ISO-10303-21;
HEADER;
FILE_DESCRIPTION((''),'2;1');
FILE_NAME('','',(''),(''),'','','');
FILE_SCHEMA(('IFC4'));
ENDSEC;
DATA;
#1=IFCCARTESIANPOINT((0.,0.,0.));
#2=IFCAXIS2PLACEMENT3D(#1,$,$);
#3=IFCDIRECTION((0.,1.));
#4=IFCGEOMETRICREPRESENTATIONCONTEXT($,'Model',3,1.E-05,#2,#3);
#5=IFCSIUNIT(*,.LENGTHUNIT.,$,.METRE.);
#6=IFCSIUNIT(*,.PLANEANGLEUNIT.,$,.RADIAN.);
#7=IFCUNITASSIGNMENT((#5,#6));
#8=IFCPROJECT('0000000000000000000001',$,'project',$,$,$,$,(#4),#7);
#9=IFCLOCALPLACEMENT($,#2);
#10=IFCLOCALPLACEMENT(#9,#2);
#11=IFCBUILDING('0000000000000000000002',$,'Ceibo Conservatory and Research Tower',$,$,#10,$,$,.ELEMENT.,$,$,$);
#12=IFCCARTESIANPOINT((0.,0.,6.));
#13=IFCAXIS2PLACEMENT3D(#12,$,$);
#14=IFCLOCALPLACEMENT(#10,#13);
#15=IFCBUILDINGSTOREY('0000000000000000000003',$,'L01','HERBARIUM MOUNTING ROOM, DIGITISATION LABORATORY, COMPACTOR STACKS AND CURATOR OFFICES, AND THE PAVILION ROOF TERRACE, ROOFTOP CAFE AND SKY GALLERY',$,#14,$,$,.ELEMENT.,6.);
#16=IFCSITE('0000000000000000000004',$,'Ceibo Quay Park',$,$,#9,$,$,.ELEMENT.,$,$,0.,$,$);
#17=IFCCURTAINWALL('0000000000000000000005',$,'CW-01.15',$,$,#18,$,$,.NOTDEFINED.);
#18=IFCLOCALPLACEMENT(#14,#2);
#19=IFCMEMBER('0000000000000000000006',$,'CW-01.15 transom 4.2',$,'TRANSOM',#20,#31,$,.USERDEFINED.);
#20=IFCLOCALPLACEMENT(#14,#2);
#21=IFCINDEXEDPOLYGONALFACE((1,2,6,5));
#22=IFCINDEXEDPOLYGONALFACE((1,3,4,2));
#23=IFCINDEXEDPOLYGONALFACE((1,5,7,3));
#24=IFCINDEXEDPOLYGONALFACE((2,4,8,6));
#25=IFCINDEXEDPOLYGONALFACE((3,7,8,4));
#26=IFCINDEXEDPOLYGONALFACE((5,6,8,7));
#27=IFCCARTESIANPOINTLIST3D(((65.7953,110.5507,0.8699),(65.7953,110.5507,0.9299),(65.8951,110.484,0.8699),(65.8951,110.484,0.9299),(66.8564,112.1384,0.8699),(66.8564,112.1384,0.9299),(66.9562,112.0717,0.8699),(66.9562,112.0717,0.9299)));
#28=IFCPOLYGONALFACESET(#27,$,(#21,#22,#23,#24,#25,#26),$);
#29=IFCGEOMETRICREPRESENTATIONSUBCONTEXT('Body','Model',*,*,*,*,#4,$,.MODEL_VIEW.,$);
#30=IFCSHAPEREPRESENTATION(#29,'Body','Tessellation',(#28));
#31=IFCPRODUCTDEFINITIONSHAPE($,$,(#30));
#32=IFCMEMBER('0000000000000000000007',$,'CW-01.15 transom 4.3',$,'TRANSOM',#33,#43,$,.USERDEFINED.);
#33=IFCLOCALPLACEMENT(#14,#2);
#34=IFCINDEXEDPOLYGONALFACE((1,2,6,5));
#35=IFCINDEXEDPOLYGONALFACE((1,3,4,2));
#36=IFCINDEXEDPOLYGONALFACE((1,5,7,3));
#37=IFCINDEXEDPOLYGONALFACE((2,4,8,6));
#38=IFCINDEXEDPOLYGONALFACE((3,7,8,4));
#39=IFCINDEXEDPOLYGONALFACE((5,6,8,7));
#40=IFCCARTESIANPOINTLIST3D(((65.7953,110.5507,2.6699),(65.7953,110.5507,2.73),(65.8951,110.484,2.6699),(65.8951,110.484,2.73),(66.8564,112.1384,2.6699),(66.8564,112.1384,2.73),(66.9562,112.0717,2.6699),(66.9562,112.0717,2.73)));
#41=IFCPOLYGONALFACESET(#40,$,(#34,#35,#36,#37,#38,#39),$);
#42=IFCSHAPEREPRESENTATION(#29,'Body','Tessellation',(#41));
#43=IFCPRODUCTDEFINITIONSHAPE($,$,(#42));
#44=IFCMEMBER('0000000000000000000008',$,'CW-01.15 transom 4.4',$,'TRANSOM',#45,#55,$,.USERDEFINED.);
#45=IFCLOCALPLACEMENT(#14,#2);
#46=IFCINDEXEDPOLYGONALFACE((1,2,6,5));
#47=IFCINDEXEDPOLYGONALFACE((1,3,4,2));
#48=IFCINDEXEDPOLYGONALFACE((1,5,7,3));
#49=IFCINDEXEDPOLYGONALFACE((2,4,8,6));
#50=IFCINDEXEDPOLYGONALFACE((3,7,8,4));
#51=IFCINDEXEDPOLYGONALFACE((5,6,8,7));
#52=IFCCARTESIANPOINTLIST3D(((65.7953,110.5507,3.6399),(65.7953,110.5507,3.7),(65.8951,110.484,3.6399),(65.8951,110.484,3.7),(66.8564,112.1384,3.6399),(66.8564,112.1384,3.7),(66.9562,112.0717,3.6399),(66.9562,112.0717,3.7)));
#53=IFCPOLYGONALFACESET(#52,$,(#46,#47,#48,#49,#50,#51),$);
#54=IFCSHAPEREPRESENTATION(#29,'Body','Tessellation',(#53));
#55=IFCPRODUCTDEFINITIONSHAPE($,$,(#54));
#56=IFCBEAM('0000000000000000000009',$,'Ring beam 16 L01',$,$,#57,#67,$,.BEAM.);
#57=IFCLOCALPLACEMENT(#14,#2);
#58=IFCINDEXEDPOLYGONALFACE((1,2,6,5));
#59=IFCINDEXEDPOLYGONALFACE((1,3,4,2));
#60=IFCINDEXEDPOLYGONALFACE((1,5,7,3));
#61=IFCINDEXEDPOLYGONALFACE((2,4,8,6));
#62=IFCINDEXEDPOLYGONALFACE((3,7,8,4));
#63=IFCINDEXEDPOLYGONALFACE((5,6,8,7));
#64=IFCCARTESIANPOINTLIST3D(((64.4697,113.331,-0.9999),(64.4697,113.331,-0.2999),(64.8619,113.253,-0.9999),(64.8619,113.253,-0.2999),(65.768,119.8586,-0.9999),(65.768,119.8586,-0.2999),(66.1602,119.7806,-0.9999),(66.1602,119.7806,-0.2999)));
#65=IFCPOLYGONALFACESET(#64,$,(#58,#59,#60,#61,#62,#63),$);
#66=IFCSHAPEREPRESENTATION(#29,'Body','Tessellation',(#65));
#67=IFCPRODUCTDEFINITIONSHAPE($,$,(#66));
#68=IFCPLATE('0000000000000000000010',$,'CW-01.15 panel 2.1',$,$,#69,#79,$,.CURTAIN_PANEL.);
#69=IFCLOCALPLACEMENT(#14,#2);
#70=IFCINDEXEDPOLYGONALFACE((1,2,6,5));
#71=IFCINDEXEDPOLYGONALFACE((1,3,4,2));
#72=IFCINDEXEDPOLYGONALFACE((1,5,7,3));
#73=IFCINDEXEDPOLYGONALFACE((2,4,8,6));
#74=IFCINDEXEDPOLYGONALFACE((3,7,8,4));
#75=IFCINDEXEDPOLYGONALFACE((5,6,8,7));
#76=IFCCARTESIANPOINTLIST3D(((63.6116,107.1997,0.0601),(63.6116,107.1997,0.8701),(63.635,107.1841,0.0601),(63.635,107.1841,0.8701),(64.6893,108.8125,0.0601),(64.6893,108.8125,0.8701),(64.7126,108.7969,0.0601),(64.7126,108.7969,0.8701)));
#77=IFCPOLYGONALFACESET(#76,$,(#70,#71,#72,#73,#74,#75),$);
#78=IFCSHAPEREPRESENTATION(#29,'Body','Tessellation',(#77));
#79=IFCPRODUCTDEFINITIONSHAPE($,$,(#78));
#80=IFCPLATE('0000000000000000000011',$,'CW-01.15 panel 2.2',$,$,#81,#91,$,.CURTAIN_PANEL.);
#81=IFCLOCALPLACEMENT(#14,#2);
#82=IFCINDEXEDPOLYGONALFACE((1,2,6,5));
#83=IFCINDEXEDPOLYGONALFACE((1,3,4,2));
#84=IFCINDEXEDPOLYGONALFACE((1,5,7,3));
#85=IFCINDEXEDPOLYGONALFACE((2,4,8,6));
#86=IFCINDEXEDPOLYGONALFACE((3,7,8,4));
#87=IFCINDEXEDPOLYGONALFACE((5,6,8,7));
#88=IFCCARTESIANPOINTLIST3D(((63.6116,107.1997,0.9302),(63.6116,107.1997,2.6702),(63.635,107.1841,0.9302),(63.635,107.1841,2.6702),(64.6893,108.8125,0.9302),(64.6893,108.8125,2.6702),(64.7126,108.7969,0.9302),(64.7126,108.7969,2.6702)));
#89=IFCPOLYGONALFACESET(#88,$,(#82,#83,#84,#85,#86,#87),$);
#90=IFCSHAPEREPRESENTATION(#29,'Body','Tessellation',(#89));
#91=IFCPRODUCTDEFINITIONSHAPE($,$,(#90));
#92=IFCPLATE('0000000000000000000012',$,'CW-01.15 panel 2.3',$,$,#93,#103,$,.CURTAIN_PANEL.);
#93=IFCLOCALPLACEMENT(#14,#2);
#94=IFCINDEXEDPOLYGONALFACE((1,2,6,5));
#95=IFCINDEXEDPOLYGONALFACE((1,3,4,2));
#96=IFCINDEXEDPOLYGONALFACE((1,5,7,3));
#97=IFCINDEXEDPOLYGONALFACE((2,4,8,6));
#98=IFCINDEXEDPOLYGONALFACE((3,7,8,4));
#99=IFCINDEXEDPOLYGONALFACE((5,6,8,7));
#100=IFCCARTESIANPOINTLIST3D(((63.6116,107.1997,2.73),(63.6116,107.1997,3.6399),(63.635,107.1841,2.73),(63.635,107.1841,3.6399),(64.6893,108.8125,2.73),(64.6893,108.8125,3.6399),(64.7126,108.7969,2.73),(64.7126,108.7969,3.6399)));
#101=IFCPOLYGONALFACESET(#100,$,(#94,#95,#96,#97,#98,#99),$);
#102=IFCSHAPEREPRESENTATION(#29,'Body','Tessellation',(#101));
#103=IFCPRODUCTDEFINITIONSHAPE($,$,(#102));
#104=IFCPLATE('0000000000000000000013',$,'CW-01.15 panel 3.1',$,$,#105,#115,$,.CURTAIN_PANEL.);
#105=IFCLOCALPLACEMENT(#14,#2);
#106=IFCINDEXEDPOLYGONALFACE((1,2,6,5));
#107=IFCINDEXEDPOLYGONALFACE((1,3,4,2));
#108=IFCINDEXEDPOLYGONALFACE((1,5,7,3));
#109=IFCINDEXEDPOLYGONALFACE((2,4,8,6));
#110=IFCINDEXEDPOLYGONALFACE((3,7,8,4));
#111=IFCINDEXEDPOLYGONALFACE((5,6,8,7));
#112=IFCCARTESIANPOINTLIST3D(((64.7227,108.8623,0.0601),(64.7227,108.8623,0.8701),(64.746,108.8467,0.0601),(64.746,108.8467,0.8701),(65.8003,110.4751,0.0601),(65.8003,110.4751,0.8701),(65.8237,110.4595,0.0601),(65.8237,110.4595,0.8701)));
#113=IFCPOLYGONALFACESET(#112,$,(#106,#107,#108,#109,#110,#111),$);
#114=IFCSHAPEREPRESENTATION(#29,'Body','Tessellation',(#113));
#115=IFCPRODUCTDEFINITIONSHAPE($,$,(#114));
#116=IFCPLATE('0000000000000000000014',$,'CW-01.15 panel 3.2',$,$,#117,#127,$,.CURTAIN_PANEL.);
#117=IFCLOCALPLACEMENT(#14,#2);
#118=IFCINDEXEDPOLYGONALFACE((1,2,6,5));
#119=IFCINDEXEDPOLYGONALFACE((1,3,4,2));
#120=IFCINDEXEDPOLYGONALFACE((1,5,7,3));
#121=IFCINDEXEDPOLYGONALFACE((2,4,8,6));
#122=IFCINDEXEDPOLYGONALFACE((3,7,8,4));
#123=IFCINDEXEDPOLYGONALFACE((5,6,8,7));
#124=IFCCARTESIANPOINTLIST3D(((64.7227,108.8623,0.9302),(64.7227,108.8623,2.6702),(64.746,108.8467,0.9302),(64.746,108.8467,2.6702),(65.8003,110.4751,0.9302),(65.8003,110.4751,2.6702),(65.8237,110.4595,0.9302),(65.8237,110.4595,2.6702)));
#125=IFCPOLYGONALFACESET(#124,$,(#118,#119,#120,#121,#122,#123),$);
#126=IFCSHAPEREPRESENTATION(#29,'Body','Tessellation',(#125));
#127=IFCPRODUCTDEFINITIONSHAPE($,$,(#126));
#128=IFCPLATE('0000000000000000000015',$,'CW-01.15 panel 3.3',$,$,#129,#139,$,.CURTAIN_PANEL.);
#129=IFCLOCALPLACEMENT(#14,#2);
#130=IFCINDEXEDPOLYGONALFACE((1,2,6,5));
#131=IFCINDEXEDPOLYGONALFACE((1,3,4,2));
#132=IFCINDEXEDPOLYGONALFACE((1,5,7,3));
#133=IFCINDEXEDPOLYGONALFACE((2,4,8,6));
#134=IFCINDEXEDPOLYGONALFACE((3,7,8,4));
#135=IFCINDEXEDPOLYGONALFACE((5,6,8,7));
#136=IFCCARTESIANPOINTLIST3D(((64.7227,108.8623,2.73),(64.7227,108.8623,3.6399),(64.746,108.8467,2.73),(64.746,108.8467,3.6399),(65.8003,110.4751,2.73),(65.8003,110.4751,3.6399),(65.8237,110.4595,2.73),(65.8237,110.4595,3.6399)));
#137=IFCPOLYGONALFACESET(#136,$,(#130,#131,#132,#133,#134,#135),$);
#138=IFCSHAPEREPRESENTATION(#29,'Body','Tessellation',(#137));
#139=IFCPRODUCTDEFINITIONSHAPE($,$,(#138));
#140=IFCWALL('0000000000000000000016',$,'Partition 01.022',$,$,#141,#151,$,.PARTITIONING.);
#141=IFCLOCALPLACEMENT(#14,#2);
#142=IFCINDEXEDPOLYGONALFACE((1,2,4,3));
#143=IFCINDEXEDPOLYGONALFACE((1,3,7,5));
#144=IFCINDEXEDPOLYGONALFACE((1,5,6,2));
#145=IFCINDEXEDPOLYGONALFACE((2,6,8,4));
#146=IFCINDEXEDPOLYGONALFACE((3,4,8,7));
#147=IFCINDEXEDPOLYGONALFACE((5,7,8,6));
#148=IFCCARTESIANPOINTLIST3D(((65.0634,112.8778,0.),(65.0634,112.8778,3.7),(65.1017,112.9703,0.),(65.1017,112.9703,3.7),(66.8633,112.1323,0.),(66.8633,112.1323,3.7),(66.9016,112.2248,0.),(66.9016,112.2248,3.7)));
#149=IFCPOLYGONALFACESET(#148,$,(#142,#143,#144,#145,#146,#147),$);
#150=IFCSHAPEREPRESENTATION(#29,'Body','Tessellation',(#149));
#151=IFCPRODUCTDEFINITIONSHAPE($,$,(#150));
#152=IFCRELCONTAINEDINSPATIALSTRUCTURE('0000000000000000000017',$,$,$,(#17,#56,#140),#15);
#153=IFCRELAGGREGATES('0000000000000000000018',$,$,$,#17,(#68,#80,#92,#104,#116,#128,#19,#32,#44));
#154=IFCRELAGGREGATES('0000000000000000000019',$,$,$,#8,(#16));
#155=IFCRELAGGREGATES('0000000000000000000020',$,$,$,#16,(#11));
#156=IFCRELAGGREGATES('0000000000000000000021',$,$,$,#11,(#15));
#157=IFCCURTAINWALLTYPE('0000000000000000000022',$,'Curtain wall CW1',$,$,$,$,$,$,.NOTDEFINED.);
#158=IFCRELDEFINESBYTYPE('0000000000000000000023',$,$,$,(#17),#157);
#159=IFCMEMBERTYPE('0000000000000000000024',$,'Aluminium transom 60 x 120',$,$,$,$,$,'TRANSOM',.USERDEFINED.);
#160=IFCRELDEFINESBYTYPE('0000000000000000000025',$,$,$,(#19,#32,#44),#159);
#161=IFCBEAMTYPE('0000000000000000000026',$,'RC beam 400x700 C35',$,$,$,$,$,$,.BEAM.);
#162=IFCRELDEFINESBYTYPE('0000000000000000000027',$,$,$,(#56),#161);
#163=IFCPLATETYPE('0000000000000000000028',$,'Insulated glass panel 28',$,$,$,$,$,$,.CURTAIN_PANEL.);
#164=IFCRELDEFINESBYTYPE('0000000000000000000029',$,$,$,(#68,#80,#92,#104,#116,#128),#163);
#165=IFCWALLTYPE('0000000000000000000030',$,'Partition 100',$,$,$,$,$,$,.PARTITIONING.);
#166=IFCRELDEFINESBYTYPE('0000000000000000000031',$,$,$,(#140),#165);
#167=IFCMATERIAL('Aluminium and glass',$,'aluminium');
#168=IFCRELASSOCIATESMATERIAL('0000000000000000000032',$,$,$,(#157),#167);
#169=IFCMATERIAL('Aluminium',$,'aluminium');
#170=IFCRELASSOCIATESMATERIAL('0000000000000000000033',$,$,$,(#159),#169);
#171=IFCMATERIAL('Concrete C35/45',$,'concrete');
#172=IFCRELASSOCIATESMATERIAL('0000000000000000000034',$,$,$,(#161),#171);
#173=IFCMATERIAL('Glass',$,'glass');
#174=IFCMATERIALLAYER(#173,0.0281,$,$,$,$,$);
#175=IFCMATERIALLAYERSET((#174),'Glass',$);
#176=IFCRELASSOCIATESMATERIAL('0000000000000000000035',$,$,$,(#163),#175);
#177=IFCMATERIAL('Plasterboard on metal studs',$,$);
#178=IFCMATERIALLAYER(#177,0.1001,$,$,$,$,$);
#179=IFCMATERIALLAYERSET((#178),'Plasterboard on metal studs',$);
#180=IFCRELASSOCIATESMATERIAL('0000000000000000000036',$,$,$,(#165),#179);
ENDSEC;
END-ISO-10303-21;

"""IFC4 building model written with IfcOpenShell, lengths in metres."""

from ifc_helpers import new_model, si_unit, direction, frame, frame_2d, origin, origin_2d, place, context, subcontext, project, spatial, rectangle, extrude, material, layer, layer_set, material_profile, profile_set, type_object, element, aggregate, save


model = new_model("IFC4")

# Units and contexts
model_context = context("Model", 3, precision=1e-05, world=origin(), true_north=direction((0.0, 1.0)))
body_context = subcontext(model_context, "Body", "Model", "MODEL_VIEW")
ifc_project = project(units=[si_unit("LENGTHUNIT", "METRE"), si_unit("PLANEANGLEUNIT", "RADIAN")], contexts=[model_context])

# Site, building, storey
site_placement = place(None, origin())
site = spatial("IfcSite", under=ifc_project, at=site_placement, Name="Ceibo Quay Park", CompositionType="ELEMENT", RefElevation=0.0)
building_placement = place(site_placement, origin())
building = spatial("IfcBuilding", under=site, at=building_placement, Name="Ceibo Conservatory and Research Tower", CompositionType="ELEMENT")
storey_placement = place(building_placement, frame((0.0, 0.0, 6.0)))
storey = spatial("IfcBuildingStorey", under=building, at=storey_placement, Name="L01", Description="HERBARIUM MOUNTING ROOM, DIGITISATION LABORATORY, COMPACTOR STACKS AND CURATOR OFFICES, AND THE PAVILION ROOF TERRACE, ROOFTOP CAFE AND SKY GALLERY", CompositionType="ELEMENT", Elevation=6.0)

# Curtain wall, members
ifc_material_1 = material(Name="Aluminium and glass", Category="aluminium")
curtain_wall_type = type_object("IfcCurtainWallType", Name="Curtain wall CW1", PredefinedType="NOTDEFINED", material=ifc_material_1)
curtain_wall_placement = place(storey_placement, origin())
curtain_wall = element("IfcCurtainWall", 1, at=curtain_wall_placement, inside=storey, type_object=curtain_wall_type, Name="CW-01.15", PredefinedType="NOTDEFINED")
ifc_material_2 = material(Name="Aluminium", Category="aluminium")
ifc_material_profile_1 = material_profile(ifc_material_2, rectangle(XDim=0.1201, YDim=0.0601, at=origin_2d()), Name="Aluminium 60 x 120")
ifc_profile_set_1 = profile_set([ifc_material_profile_1], Name="Aluminium")
member_type_1 = type_object("IfcMemberType", Name="Aluminium transom 60 x 120", ElementType="TRANSOM", PredefinedType="USERDEFINED", material=ifc_profile_set_1)
member_1_placement = place(storey_placement, frame((65.8452, 110.5173, 0.8999), z_axis=(0.555644, 0.83142, 0.0), x_axis=(-0.83142, 0.555644, 0.0)))
member_1 = element("IfcMember", 2, at=member_1_placement, type_object=member_type_1, Name="CW-01.15 transom 4.2", ObjectType="TRANSOM", PredefinedType="USERDEFINED", context=body_context, shape_type="SweptSolid", body=[
    extrude(rectangle(XDim=0.1201, YDim=0.0601, at=origin_2d()), origin(), (0.0, 0.0, 1.0), 1.9097),
])
member_2_placement = place(storey_placement, frame((65.8452, 110.5173, 2.7), z_axis=(0.555644, 0.83142, 0.0), x_axis=(-0.83142, 0.555644, 0.0)))
member_2 = element("IfcMember", 3, at=member_2_placement, type_object=member_type_1, Name="CW-01.15 transom 4.3", ObjectType="TRANSOM", PredefinedType="USERDEFINED", context=body_context, shape_type="SweptSolid", body=[
    extrude(rectangle(XDim=0.1201, YDim=0.0601, at=origin_2d()), origin(), (0.0, 0.0, 1.0), 1.9097),
])
member_3_placement = place(storey_placement, frame((65.8452, 110.5173, 3.6699), z_axis=(0.555644, 0.83142, 0.0), x_axis=(-0.83142, 0.555644, 0.0)))
member_3 = element("IfcMember", 4, at=member_3_placement, type_object=member_type_1, Name="CW-01.15 transom 4.4", ObjectType="TRANSOM", PredefinedType="USERDEFINED", context=body_context, shape_type="SweptSolid", body=[
    extrude(rectangle(XDim=0.1201, YDim=0.0601, at=origin_2d()), origin(), (0.0, 0.0, 1.0), 1.9097),
])

# Beam
ifc_material_3 = material(Name="Concrete C35/45", Category="concrete")
ifc_material_profile_2 = material_profile(ifc_material_3, rectangle(XDim=0.3999, YDim=0.7, at=origin_2d()), Name="RC 400x700")
ifc_profile_set_2 = profile_set([ifc_material_profile_2], Name="Concrete C35/45")
beam_type = type_object("IfcBeamType", Name="RC beam 400x700 C35", PredefinedType="BEAM", material=ifc_profile_set_2)
beam_placement = place(storey_placement, frame((64.6658, 113.292, -0.6499), z_axis=(0.195079, 0.980788, 0.0), x_axis=(-0.980788, 0.195079, 0.0)))
element("IfcBeam", 5, at=beam_placement, inside=storey, type_object=beam_type, Name="Ring beam 16 L01", PredefinedType="BEAM", context=body_context, shape_type="SweptSolid", body=[
    extrude(rectangle(XDim=0.3999, YDim=0.7, at=origin_2d()), origin(), (0.0, 0.0, 1.0), 6.6555),
])

# Plates
ifc_material_4 = material(Name="Glass", Category="glass")
ifc_layer_1 = layer(ifc_material_4, 0.0281)
ifc_layer_set_1 = layer_set([ifc_layer_1], Name="Glass")
plate_type = type_object("IfcPlateType", Name="Insulated glass panel 28", PredefinedType="CURTAIN_PANEL", material=ifc_layer_set_1)
plate_1_placement = place(storey_placement, frame((64.1621, 107.9983, 0.0601), z_axis=(0.0, 0.0, 1.0), x_axis=(0.55557, 0.83147, 0.0)))
plate_1 = element("IfcPlate", 6, at=plate_1_placement, type_object=plate_type, Name="CW-01.15 panel 2.1", PredefinedType="CURTAIN_PANEL", context=body_context, shape_type="SweptSolid", body=[
    extrude(rectangle(XDim=1.9397, YDim=0.0281, at=origin_2d()), origin(), (0.0, 0.0, 1.0), 0.8101),
])
plate_2_placement = place(storey_placement, frame((64.1621, 107.9983, 0.9302), z_axis=(0.0, 0.0, 1.0), x_axis=(0.55557, 0.83147, 0.0)))
plate_2 = element("IfcPlate", 7, at=plate_2_placement, type_object=plate_type, Name="CW-01.15 panel 2.2", PredefinedType="CURTAIN_PANEL", context=body_context, shape_type="SweptSolid", body=[
    extrude(rectangle(XDim=1.9397, YDim=0.0281, at=origin_2d()), origin(), (0.0, 0.0, 1.0), 1.74),
])
plate_3_placement = place(storey_placement, frame((64.1621, 107.9983, 2.73), z_axis=(0.0, 0.0, 1.0), x_axis=(0.55557, 0.83147, 0.0)))
plate_3 = element("IfcPlate", 8, at=plate_3_placement, type_object=plate_type, Name="CW-01.15 panel 2.3", PredefinedType="CURTAIN_PANEL", context=body_context, shape_type="SweptSolid", body=[
    extrude(rectangle(XDim=1.9397, YDim=0.0281, at=origin_2d()), origin(), (0.0, 0.0, 1.0), 0.9099),
])
plate_4_placement = place(storey_placement, frame((65.2732, 109.6609, 0.0601), z_axis=(0.0, 0.0, 1.0), x_axis=(0.55557, 0.83147, 0.0)))
plate_4 = element("IfcPlate", 9, at=plate_4_placement, type_object=plate_type, Name="CW-01.15 panel 3.1", PredefinedType="CURTAIN_PANEL", context=body_context, shape_type="SweptSolid", body=[
    extrude(rectangle(XDim=1.9397, YDim=0.0281, at=origin_2d()), origin(), (0.0, 0.0, 1.0), 0.8101),
])
plate_5_placement = place(storey_placement, frame((65.2732, 109.6609, 0.9302), z_axis=(0.0, 0.0, 1.0), x_axis=(0.55557, 0.83147, 0.0)))
plate_5 = element("IfcPlate", 10, at=plate_5_placement, type_object=plate_type, Name="CW-01.15 panel 3.2", PredefinedType="CURTAIN_PANEL", context=body_context, shape_type="SweptSolid", body=[
    extrude(rectangle(XDim=1.9397, YDim=0.0281, at=origin_2d()), origin(), (0.0, 0.0, 1.0), 1.74),
])
plate_6_placement = place(storey_placement, frame((65.2732, 109.6609, 2.73), z_axis=(0.0, 0.0, 1.0), x_axis=(0.55557, 0.83147, 0.0)))
plate_6 = element("IfcPlate", 11, at=plate_6_placement, type_object=plate_type, Name="CW-01.15 panel 3.3", PredefinedType="CURTAIN_PANEL", context=body_context, shape_type="SweptSolid", body=[
    extrude(rectangle(XDim=1.9397, YDim=0.0281, at=origin_2d()), origin(), (0.0, 0.0, 1.0), 0.9099),
])
aggregate(curtain_wall, [plate_1, plate_2, plate_3, plate_4, plate_5, plate_6, member_1, member_2, member_3])

# Wall
ifc_material_5 = material(Name="Plasterboard on metal studs")
ifc_layer_2 = layer(ifc_material_5, 0.1001)
ifc_layer_set_2 = layer_set([ifc_layer_2], Name="Plasterboard on metal studs")
wall_type = type_object("IfcWallType", Name="Partition 100", PredefinedType="PARTITIONING", material=ifc_layer_set_2)
wall_placement = place(storey_placement, frame((65.0825, 112.9241, 0.0), z_axis=(0.0, 0.0, 1.0), x_axis=(0.923879, -0.382684, 0.0)))
element("IfcWall", 12, at=wall_placement, inside=storey, type_object=wall_type, Name="Partition 01.022", PredefinedType="PARTITIONING", context=body_context, shape_type="SweptSolid", body=[
    extrude(rectangle(XDim=1.9482, YDim=0.1001, at=frame_2d((0.9741, 0.0))), origin(), (0.0, 0.0, 1.0), 3.7),
])

save(model, "model.ifc")
